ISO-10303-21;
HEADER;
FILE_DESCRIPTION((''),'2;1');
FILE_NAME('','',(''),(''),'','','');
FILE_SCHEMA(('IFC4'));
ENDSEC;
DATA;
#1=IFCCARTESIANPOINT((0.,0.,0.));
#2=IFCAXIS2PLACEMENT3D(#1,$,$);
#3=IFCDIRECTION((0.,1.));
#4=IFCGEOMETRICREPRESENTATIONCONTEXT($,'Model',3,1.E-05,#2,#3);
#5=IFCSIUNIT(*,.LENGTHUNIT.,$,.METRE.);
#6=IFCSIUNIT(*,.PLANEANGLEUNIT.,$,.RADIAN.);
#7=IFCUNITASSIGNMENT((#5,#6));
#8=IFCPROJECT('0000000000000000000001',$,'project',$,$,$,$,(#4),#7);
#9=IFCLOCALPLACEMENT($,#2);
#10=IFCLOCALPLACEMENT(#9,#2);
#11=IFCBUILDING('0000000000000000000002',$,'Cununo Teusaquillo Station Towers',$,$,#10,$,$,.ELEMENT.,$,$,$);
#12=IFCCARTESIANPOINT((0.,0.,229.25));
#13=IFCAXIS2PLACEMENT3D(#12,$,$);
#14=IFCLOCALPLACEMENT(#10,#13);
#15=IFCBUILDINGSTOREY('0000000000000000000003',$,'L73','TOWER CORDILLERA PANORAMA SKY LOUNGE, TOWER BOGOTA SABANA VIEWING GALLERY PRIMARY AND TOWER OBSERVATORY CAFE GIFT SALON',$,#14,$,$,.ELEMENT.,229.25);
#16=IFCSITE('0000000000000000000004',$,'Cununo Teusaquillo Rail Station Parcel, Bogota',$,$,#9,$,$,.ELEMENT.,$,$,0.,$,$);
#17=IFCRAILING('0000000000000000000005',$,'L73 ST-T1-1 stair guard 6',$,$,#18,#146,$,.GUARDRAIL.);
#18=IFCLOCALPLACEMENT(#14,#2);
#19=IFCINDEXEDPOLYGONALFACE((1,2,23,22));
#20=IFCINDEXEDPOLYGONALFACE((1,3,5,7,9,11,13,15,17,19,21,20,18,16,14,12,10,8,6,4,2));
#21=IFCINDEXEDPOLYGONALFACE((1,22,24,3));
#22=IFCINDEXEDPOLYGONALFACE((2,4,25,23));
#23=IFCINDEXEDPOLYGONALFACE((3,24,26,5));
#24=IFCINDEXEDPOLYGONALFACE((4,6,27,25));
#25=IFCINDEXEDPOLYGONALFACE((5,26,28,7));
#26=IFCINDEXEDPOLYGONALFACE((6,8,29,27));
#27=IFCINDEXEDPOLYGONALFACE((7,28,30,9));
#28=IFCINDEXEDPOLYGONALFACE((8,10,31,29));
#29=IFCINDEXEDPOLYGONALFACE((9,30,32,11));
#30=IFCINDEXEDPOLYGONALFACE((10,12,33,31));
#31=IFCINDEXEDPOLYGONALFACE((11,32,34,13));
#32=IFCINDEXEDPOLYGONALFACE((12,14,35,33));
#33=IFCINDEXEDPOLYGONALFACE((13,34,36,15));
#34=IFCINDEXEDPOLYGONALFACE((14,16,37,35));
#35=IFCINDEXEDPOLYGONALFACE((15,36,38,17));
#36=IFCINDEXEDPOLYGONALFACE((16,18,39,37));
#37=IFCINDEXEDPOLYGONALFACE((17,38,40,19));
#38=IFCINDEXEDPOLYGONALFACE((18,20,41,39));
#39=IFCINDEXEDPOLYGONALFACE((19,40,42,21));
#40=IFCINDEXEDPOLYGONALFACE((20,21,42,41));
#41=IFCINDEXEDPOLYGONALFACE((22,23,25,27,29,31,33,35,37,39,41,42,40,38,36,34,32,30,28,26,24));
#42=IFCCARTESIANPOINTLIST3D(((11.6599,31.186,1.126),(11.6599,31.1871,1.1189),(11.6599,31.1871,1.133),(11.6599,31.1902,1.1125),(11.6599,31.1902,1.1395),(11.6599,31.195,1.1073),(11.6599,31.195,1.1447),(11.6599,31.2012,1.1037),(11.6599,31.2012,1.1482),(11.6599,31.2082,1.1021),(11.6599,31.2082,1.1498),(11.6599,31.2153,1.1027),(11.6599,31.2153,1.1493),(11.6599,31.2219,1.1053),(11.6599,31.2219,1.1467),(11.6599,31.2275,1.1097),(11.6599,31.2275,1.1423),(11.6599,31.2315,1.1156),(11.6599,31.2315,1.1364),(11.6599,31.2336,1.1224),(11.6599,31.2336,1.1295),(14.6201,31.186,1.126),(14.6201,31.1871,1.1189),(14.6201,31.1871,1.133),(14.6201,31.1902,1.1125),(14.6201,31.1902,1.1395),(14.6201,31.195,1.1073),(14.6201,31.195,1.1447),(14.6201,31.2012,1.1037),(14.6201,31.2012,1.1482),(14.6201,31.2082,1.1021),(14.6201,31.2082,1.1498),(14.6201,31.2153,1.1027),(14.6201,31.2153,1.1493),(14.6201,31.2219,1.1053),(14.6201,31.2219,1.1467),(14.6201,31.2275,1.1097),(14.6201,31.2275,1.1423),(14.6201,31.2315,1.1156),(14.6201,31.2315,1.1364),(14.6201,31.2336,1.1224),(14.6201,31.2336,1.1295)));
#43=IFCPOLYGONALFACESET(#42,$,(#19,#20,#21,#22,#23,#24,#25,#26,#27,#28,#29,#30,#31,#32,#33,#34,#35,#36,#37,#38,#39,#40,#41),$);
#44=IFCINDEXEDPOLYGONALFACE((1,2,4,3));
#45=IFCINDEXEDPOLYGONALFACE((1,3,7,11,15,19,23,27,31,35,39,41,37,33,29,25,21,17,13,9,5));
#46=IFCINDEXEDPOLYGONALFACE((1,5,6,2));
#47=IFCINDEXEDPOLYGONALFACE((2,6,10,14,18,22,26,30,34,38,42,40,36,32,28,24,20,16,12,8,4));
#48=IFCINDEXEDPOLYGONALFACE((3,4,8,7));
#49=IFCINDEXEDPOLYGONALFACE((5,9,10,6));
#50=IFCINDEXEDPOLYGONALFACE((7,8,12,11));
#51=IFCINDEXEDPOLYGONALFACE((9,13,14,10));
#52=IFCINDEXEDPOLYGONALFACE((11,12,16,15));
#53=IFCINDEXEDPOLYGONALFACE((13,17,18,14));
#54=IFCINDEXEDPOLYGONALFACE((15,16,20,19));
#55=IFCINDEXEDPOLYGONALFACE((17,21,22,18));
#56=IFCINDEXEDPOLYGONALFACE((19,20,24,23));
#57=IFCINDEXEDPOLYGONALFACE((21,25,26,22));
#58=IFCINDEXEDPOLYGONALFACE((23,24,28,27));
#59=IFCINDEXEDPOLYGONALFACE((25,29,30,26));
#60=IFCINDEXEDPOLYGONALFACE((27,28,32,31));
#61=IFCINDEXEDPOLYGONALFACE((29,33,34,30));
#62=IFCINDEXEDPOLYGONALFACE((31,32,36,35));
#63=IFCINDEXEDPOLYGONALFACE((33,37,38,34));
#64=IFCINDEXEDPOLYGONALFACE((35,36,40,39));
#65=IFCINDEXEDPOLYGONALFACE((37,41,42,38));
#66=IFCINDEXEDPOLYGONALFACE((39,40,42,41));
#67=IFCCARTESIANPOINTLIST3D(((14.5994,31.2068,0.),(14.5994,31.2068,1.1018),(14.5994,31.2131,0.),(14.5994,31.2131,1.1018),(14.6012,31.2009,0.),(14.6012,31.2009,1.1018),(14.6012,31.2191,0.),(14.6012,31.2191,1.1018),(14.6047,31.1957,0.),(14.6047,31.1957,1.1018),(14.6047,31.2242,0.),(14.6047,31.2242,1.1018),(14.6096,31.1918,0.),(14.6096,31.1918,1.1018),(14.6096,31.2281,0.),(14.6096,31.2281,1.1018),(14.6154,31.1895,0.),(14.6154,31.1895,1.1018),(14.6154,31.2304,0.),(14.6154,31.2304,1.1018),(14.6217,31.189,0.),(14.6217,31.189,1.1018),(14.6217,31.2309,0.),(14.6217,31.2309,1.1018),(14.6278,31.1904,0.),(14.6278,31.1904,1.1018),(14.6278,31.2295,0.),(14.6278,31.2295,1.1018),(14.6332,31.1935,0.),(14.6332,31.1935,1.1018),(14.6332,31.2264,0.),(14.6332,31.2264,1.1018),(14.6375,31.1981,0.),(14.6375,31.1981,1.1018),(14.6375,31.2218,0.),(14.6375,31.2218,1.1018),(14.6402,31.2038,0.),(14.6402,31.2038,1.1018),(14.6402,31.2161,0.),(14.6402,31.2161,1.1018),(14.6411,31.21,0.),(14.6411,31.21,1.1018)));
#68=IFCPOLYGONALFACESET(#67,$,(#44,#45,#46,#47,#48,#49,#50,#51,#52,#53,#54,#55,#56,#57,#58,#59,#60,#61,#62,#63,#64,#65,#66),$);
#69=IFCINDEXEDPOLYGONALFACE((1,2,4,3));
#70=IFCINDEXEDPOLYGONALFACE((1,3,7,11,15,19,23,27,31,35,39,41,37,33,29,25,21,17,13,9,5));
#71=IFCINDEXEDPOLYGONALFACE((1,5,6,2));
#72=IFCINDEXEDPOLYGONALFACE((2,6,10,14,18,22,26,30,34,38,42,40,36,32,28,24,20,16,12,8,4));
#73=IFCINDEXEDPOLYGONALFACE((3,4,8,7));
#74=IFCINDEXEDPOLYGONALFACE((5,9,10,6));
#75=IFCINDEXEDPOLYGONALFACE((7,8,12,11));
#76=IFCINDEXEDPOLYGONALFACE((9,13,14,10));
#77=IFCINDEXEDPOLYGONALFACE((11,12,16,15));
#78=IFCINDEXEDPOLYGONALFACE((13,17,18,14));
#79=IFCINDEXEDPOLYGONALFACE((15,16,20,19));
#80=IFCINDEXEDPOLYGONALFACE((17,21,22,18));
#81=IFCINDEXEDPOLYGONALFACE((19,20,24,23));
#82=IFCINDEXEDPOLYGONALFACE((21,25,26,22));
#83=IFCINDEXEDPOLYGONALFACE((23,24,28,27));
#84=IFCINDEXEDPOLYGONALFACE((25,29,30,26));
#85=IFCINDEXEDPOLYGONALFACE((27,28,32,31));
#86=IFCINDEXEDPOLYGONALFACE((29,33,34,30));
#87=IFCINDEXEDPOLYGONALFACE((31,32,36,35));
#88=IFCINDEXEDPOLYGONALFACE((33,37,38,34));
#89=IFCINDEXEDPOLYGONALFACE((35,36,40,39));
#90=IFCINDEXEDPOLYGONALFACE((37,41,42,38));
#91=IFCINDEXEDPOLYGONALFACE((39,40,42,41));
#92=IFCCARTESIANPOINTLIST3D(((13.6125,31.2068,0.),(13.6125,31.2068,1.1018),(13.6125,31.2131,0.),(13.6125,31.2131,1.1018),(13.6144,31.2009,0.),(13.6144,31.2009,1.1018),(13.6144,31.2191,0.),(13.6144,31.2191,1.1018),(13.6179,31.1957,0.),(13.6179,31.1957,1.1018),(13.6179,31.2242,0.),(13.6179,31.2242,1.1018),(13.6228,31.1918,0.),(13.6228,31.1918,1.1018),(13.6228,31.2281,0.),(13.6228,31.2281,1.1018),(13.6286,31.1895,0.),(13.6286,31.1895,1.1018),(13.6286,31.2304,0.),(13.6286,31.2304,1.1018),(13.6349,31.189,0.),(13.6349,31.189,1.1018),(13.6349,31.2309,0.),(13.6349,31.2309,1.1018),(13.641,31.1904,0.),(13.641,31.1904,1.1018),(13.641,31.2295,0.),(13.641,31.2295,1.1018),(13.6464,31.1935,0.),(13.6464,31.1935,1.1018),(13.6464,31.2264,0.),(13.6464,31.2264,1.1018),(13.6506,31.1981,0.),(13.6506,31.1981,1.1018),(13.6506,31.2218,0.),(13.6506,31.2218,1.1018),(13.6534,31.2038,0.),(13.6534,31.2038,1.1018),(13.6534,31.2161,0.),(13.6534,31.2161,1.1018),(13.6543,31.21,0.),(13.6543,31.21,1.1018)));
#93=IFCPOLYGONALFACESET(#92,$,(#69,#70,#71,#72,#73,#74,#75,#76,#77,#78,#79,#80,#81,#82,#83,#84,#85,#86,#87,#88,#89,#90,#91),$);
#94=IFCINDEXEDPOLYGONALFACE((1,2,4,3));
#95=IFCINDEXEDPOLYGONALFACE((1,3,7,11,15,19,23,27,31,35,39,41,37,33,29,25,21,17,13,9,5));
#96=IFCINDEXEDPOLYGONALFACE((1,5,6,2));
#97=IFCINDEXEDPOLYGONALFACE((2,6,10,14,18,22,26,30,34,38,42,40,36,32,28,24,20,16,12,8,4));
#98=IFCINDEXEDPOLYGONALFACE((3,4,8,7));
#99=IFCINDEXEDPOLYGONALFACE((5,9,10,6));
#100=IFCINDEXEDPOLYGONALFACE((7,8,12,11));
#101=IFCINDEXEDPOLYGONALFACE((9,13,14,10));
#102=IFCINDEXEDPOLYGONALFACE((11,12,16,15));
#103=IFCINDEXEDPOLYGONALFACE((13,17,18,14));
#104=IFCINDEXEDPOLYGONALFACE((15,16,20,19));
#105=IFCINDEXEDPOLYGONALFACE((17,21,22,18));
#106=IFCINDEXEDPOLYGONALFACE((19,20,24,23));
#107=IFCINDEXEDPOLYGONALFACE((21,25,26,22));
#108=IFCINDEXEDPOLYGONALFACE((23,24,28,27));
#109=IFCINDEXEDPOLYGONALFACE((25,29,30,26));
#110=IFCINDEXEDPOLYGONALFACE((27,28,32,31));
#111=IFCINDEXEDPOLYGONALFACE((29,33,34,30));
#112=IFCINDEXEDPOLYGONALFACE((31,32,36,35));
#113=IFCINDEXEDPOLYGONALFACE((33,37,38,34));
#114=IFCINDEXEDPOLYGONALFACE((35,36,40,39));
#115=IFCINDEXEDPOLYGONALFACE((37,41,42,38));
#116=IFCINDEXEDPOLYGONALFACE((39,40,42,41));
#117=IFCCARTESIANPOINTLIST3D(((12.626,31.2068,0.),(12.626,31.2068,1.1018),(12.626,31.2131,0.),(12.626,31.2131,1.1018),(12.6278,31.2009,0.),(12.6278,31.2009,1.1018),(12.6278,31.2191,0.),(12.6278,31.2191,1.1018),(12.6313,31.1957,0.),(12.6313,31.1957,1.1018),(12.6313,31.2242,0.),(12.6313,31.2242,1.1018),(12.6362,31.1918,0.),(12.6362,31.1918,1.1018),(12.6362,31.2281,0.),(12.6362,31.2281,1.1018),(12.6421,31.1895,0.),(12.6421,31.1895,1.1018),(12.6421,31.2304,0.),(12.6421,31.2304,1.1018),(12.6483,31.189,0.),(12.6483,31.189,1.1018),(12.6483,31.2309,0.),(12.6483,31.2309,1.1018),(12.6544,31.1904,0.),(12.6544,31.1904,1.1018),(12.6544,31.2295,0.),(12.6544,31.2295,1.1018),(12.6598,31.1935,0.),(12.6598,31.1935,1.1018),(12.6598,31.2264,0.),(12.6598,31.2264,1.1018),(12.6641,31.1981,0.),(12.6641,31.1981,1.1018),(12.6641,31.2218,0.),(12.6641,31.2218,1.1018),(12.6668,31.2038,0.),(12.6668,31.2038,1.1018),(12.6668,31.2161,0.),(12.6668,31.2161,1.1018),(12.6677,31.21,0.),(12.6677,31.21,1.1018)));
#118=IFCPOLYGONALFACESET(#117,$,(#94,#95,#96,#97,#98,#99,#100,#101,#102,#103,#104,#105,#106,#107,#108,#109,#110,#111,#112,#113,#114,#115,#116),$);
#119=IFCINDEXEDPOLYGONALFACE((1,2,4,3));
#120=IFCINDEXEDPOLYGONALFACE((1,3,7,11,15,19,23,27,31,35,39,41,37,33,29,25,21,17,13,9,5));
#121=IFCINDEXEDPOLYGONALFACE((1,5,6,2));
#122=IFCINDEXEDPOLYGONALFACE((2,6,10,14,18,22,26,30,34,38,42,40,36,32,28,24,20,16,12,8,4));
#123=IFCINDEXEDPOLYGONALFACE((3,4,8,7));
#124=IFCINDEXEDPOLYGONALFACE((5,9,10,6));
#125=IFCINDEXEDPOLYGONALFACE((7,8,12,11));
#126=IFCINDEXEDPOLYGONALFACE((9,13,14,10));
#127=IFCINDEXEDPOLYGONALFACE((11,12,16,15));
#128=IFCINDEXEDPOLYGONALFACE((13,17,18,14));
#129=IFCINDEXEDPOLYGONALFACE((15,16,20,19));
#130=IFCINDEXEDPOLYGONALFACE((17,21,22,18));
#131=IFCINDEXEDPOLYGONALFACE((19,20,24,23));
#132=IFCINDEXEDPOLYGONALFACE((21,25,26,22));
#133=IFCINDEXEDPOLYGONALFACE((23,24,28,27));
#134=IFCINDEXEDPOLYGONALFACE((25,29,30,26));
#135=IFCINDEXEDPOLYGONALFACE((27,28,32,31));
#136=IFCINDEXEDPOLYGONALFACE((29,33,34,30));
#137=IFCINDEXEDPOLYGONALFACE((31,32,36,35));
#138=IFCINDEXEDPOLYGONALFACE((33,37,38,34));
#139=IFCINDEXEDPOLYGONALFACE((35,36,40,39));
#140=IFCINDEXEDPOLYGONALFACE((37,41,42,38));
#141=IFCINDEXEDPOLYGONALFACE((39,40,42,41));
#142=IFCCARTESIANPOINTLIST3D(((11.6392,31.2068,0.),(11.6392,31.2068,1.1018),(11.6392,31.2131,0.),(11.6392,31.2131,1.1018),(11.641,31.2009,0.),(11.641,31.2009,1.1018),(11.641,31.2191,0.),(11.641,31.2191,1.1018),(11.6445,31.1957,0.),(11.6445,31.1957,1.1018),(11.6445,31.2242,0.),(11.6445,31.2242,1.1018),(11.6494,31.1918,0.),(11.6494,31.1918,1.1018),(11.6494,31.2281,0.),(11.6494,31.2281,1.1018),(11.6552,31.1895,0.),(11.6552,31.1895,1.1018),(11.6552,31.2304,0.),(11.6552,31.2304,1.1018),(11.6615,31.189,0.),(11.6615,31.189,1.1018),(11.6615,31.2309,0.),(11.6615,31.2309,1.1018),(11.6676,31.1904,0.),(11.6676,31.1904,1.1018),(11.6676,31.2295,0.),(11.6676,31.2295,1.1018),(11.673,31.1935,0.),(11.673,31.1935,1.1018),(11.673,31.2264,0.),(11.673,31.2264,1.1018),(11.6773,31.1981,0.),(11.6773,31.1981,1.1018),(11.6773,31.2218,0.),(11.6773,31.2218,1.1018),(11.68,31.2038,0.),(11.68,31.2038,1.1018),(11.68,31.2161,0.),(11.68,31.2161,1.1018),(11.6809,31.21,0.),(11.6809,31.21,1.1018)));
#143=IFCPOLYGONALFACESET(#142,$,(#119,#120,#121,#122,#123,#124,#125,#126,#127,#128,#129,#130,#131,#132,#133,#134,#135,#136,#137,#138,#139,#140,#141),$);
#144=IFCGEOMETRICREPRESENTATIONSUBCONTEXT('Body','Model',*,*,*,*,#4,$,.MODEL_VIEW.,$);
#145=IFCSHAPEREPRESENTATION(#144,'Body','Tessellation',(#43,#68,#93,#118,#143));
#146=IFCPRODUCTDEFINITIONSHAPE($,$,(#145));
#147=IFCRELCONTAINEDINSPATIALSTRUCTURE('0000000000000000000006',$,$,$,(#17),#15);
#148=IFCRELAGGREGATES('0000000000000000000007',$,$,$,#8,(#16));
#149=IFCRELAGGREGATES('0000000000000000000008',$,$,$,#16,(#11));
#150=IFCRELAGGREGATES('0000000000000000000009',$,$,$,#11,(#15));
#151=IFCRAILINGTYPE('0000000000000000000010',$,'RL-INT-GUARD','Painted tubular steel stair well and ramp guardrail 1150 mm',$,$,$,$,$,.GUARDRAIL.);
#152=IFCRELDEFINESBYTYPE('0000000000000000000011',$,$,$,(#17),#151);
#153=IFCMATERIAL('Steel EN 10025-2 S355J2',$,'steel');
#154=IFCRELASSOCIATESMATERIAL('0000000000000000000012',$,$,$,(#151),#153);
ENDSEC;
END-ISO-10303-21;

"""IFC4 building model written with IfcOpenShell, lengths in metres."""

from ifc_helpers import new_model, si_unit, direction, frame, origin, origin_2d, place, context, subcontext, project, spatial, circle, extrude, material, type_object, element, save


model = new_model("IFC4")

# Units and contexts
model_context = context("Model", 3, precision=1e-05, world=origin(), true_north=direction((0.0, 1.0)))
body_context = subcontext(model_context, "Body", "Model", "MODEL_VIEW")
ifc_project = project(units=[si_unit("LENGTHUNIT", "METRE"), si_unit("PLANEANGLEUNIT", "RADIAN")], contexts=[model_context])

# Site, building, storey
site_placement = place(None, origin())
site = spatial("IfcSite", under=ifc_project, at=site_placement, Name="Cununo Teusaquillo Rail Station Parcel, Bogota", CompositionType="ELEMENT", RefElevation=0.0)
building_placement = place(site_placement, origin())
building = spatial("IfcBuilding", under=site, at=building_placement, Name="Cununo Teusaquillo Station Towers", CompositionType="ELEMENT")
storey_placement = place(building_placement, frame((0.0, 0.0, 229.25)))
storey = spatial("IfcBuildingStorey", under=building, at=storey_placement, Name="L73", Description="TOWER CORDILLERA PANORAMA SKY LOUNGE, TOWER BOGOTA SABANA VIEWING GALLERY PRIMARY AND TOWER OBSERVATORY CAFE GIFT SALON", CompositionType="ELEMENT", Elevation=229.25)

# Railing
ifc_material_1 = material(Name="Steel EN 10025-2 S355J2", Category="steel")
railing_type = type_object("IfcRailingType", Name="RL-INT-GUARD", Description="Painted tubular steel stair well and ramp guardrail 1150 mm", PredefinedType="GUARDRAIL", material=ifc_material_1)
railing_placement = place(storey_placement, frame((14.6201, 31.21, 0.0)))
element("IfcRailing", 1, at=railing_placement, inside=storey, type_object=railing_type, Name="L73 ST-T1-1 stair guard 6", PredefinedType="GUARDRAIL", context=body_context, shape_type="SweptSolid", body=[
    extrude(circle(Radius=0.0239, at=origin_2d()), frame((0.0, 0.0, 1.126), z_axis=(-1.0, 0.0, 0.0), x_axis=(0.0, -1.0, 0.0)), (0.0, 0.0, 1.0), 2.9602),
    extrude(circle(Radius=0.021, at=origin_2d()), origin(), (0.0, 0.0, 1.0), 1.1018),
    extrude(circle(Radius=0.021, at=origin_2d()), frame((-0.9868, 0.0, 0.0)), (0.0, 0.0, 1.0), 1.1018),
    extrude(circle(Radius=0.021, at=origin_2d()), frame((-1.9734, 0.0, 0.0)), (0.0, 0.0, 1.0), 1.1018),
    extrude(circle(Radius=0.021, at=origin_2d()), frame((-2.9602, 0.0, 0.0)), (0.0, 0.0, 1.0), 1.1018),
])

save(model, "model.ifc")
